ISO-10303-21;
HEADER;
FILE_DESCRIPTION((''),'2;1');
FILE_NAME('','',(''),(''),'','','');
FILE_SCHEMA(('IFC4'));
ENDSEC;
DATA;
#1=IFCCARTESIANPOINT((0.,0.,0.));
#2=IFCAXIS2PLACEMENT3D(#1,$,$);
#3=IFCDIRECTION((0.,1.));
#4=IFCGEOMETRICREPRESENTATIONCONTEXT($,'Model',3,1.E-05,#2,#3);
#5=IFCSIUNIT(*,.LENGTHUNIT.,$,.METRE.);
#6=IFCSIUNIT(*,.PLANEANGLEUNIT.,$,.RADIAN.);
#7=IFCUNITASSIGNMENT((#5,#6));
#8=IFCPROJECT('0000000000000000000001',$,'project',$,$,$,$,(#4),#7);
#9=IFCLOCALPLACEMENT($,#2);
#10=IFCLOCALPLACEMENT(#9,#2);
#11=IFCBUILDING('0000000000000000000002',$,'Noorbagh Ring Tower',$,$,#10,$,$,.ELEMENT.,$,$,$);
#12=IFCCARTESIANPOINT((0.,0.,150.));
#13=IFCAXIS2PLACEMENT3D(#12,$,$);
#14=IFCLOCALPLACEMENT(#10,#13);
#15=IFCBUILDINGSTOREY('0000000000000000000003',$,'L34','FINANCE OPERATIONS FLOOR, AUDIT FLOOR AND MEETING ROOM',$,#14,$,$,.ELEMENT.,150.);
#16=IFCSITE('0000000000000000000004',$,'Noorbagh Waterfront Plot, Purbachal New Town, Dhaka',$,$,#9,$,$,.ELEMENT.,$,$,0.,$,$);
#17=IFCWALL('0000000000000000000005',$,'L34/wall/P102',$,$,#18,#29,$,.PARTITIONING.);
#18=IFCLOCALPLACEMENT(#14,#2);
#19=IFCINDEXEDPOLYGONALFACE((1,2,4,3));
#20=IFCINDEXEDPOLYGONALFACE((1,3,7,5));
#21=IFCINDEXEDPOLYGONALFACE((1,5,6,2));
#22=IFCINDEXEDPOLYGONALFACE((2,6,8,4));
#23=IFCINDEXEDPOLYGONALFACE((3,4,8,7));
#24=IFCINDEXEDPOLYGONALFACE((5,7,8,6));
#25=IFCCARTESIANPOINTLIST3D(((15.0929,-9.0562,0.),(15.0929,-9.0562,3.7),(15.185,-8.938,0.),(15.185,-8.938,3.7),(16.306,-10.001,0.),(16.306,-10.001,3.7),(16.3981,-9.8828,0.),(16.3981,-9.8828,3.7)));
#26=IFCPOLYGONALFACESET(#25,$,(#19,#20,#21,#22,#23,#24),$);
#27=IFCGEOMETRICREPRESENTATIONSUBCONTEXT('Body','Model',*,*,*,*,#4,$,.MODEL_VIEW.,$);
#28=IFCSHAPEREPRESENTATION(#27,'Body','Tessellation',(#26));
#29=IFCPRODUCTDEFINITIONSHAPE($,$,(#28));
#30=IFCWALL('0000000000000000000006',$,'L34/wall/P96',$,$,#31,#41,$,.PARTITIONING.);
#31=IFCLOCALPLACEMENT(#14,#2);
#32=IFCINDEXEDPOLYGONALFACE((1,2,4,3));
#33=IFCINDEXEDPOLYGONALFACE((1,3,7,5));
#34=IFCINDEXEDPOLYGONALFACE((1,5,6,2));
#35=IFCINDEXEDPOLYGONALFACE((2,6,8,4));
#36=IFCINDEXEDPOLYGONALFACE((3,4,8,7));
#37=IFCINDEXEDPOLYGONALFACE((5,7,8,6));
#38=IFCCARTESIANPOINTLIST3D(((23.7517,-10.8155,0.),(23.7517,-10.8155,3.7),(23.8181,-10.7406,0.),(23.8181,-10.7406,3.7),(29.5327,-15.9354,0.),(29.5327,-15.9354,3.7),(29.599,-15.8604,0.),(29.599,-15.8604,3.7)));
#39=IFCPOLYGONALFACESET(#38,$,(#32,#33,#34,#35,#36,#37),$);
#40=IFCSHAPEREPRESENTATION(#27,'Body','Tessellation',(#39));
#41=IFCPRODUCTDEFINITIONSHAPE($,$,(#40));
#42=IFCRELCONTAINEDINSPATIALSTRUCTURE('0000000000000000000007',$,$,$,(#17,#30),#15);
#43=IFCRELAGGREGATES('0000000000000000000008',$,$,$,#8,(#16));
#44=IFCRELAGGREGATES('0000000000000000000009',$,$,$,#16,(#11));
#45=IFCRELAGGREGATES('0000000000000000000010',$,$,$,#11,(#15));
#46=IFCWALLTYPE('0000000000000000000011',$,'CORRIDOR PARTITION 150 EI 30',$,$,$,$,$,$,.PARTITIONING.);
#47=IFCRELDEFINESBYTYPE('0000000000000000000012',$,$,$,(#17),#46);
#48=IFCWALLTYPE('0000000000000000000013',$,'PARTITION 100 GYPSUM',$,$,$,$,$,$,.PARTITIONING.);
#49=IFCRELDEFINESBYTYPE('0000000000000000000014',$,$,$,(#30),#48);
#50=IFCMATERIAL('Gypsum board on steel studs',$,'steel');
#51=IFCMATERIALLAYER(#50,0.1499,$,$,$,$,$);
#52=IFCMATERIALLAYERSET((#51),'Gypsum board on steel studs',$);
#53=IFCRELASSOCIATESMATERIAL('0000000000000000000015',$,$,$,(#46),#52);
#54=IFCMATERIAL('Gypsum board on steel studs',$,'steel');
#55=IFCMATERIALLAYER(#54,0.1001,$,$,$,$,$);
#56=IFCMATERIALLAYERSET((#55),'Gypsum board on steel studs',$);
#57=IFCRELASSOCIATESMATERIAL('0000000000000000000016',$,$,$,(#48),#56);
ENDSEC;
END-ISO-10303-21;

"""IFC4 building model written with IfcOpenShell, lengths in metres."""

from ifc_helpers import new_model, si_unit, direction, frame, frame_2d, origin, place, context, subcontext, project, spatial, rectangle, extrude, material, layer, layer_set, type_object, element, save


model = new_model("IFC4")

# Units and contexts
model_context = context("Model", 3, precision=1e-05, world=origin(), true_north=direction((0.0, 1.0)))
body_context = subcontext(model_context, "Body", "Model", "MODEL_VIEW")
ifc_project = project(units=[si_unit("LENGTHUNIT", "METRE"), si_unit("PLANEANGLEUNIT", "RADIAN")], contexts=[model_context])

# Site, building, storey
site_placement = place(None, origin())
site = spatial("IfcSite", under=ifc_project, at=site_placement, Name="Noorbagh Waterfront Plot, Purbachal New Town, Dhaka", CompositionType="ELEMENT", RefElevation=0.0)
building_placement = place(site_placement, origin())
building = spatial("IfcBuilding", under=site, at=building_placement, Name="Noorbagh Ring Tower", CompositionType="ELEMENT")
storey_placement = place(building_placement, frame((0.0, 0.0, 150.0)))
storey = spatial("IfcBuildingStorey", under=building, at=storey_placement, Name="L34", Description="FINANCE OPERATIONS FLOOR, AUDIT FLOOR AND MEETING ROOM", CompositionType="ELEMENT", Elevation=150.0)

# Shared definitions
ifc_material_1 = material(Name="Gypsum board on steel studs", Category="steel")
ifc_layer_1 = layer(ifc_material_1, 0.1499)
ifc_layer_set_1 = layer_set([ifc_layer_1], Name="Gypsum board on steel studs")
wall_type_1 = type_object("IfcWallType", Name="CORRIDOR PARTITION 150 EI 30", PredefinedType="PARTITIONING", material=ifc_layer_set_1)

# Walls
wall_1_placement = place(storey_placement, frame((16.3521, -9.9419, 0.0), z_axis=(0.0, 0.0, 1.0), x_axis=(-0.78895, 0.614457, 0.0)))
element("IfcWall", 1, at=wall_1_placement, inside=storey, type_object=wall_type_1, Name="L34/wall/P102", PredefinedType="PARTITIONING", context=body_context, shape_type="SweptSolid", body=[
    extrude(rectangle(XDim=1.5376, YDim=0.1499, at=frame_2d((0.7688, 0.0))), origin(), (0.0, 0.0, 1.0), 3.7),
])
ifc_material_2 = material(Name="Gypsum board on steel studs", Category="steel")
ifc_layer_2 = layer(ifc_material_2, 0.1001)
ifc_layer_set_2 = layer_set([ifc_layer_2], Name="Gypsum board on steel studs")
wall_type_2 = type_object("IfcWallType", Name="PARTITION 100 GYPSUM", PredefinedType="PARTITIONING", material=ifc_layer_set_2)
wall_2_placement = place(storey_placement, frame((23.7849, -10.7781, 0.0), z_axis=(0.0, 0.0, 1.0), x_axis=(0.748617, -0.663003, 0.0)))
element("IfcWall", 2, at=wall_2_placement, inside=storey, type_object=wall_type_2, Name="L34/wall/P96", PredefinedType="PARTITIONING", context=body_context, shape_type="SweptSolid", body=[
    extrude(rectangle(XDim=7.7222, YDim=0.1001, at=frame_2d((3.8611, 0.0))), origin(), (0.0, 0.0, 1.0), 3.7),
])

save(model, "model.ifc")
